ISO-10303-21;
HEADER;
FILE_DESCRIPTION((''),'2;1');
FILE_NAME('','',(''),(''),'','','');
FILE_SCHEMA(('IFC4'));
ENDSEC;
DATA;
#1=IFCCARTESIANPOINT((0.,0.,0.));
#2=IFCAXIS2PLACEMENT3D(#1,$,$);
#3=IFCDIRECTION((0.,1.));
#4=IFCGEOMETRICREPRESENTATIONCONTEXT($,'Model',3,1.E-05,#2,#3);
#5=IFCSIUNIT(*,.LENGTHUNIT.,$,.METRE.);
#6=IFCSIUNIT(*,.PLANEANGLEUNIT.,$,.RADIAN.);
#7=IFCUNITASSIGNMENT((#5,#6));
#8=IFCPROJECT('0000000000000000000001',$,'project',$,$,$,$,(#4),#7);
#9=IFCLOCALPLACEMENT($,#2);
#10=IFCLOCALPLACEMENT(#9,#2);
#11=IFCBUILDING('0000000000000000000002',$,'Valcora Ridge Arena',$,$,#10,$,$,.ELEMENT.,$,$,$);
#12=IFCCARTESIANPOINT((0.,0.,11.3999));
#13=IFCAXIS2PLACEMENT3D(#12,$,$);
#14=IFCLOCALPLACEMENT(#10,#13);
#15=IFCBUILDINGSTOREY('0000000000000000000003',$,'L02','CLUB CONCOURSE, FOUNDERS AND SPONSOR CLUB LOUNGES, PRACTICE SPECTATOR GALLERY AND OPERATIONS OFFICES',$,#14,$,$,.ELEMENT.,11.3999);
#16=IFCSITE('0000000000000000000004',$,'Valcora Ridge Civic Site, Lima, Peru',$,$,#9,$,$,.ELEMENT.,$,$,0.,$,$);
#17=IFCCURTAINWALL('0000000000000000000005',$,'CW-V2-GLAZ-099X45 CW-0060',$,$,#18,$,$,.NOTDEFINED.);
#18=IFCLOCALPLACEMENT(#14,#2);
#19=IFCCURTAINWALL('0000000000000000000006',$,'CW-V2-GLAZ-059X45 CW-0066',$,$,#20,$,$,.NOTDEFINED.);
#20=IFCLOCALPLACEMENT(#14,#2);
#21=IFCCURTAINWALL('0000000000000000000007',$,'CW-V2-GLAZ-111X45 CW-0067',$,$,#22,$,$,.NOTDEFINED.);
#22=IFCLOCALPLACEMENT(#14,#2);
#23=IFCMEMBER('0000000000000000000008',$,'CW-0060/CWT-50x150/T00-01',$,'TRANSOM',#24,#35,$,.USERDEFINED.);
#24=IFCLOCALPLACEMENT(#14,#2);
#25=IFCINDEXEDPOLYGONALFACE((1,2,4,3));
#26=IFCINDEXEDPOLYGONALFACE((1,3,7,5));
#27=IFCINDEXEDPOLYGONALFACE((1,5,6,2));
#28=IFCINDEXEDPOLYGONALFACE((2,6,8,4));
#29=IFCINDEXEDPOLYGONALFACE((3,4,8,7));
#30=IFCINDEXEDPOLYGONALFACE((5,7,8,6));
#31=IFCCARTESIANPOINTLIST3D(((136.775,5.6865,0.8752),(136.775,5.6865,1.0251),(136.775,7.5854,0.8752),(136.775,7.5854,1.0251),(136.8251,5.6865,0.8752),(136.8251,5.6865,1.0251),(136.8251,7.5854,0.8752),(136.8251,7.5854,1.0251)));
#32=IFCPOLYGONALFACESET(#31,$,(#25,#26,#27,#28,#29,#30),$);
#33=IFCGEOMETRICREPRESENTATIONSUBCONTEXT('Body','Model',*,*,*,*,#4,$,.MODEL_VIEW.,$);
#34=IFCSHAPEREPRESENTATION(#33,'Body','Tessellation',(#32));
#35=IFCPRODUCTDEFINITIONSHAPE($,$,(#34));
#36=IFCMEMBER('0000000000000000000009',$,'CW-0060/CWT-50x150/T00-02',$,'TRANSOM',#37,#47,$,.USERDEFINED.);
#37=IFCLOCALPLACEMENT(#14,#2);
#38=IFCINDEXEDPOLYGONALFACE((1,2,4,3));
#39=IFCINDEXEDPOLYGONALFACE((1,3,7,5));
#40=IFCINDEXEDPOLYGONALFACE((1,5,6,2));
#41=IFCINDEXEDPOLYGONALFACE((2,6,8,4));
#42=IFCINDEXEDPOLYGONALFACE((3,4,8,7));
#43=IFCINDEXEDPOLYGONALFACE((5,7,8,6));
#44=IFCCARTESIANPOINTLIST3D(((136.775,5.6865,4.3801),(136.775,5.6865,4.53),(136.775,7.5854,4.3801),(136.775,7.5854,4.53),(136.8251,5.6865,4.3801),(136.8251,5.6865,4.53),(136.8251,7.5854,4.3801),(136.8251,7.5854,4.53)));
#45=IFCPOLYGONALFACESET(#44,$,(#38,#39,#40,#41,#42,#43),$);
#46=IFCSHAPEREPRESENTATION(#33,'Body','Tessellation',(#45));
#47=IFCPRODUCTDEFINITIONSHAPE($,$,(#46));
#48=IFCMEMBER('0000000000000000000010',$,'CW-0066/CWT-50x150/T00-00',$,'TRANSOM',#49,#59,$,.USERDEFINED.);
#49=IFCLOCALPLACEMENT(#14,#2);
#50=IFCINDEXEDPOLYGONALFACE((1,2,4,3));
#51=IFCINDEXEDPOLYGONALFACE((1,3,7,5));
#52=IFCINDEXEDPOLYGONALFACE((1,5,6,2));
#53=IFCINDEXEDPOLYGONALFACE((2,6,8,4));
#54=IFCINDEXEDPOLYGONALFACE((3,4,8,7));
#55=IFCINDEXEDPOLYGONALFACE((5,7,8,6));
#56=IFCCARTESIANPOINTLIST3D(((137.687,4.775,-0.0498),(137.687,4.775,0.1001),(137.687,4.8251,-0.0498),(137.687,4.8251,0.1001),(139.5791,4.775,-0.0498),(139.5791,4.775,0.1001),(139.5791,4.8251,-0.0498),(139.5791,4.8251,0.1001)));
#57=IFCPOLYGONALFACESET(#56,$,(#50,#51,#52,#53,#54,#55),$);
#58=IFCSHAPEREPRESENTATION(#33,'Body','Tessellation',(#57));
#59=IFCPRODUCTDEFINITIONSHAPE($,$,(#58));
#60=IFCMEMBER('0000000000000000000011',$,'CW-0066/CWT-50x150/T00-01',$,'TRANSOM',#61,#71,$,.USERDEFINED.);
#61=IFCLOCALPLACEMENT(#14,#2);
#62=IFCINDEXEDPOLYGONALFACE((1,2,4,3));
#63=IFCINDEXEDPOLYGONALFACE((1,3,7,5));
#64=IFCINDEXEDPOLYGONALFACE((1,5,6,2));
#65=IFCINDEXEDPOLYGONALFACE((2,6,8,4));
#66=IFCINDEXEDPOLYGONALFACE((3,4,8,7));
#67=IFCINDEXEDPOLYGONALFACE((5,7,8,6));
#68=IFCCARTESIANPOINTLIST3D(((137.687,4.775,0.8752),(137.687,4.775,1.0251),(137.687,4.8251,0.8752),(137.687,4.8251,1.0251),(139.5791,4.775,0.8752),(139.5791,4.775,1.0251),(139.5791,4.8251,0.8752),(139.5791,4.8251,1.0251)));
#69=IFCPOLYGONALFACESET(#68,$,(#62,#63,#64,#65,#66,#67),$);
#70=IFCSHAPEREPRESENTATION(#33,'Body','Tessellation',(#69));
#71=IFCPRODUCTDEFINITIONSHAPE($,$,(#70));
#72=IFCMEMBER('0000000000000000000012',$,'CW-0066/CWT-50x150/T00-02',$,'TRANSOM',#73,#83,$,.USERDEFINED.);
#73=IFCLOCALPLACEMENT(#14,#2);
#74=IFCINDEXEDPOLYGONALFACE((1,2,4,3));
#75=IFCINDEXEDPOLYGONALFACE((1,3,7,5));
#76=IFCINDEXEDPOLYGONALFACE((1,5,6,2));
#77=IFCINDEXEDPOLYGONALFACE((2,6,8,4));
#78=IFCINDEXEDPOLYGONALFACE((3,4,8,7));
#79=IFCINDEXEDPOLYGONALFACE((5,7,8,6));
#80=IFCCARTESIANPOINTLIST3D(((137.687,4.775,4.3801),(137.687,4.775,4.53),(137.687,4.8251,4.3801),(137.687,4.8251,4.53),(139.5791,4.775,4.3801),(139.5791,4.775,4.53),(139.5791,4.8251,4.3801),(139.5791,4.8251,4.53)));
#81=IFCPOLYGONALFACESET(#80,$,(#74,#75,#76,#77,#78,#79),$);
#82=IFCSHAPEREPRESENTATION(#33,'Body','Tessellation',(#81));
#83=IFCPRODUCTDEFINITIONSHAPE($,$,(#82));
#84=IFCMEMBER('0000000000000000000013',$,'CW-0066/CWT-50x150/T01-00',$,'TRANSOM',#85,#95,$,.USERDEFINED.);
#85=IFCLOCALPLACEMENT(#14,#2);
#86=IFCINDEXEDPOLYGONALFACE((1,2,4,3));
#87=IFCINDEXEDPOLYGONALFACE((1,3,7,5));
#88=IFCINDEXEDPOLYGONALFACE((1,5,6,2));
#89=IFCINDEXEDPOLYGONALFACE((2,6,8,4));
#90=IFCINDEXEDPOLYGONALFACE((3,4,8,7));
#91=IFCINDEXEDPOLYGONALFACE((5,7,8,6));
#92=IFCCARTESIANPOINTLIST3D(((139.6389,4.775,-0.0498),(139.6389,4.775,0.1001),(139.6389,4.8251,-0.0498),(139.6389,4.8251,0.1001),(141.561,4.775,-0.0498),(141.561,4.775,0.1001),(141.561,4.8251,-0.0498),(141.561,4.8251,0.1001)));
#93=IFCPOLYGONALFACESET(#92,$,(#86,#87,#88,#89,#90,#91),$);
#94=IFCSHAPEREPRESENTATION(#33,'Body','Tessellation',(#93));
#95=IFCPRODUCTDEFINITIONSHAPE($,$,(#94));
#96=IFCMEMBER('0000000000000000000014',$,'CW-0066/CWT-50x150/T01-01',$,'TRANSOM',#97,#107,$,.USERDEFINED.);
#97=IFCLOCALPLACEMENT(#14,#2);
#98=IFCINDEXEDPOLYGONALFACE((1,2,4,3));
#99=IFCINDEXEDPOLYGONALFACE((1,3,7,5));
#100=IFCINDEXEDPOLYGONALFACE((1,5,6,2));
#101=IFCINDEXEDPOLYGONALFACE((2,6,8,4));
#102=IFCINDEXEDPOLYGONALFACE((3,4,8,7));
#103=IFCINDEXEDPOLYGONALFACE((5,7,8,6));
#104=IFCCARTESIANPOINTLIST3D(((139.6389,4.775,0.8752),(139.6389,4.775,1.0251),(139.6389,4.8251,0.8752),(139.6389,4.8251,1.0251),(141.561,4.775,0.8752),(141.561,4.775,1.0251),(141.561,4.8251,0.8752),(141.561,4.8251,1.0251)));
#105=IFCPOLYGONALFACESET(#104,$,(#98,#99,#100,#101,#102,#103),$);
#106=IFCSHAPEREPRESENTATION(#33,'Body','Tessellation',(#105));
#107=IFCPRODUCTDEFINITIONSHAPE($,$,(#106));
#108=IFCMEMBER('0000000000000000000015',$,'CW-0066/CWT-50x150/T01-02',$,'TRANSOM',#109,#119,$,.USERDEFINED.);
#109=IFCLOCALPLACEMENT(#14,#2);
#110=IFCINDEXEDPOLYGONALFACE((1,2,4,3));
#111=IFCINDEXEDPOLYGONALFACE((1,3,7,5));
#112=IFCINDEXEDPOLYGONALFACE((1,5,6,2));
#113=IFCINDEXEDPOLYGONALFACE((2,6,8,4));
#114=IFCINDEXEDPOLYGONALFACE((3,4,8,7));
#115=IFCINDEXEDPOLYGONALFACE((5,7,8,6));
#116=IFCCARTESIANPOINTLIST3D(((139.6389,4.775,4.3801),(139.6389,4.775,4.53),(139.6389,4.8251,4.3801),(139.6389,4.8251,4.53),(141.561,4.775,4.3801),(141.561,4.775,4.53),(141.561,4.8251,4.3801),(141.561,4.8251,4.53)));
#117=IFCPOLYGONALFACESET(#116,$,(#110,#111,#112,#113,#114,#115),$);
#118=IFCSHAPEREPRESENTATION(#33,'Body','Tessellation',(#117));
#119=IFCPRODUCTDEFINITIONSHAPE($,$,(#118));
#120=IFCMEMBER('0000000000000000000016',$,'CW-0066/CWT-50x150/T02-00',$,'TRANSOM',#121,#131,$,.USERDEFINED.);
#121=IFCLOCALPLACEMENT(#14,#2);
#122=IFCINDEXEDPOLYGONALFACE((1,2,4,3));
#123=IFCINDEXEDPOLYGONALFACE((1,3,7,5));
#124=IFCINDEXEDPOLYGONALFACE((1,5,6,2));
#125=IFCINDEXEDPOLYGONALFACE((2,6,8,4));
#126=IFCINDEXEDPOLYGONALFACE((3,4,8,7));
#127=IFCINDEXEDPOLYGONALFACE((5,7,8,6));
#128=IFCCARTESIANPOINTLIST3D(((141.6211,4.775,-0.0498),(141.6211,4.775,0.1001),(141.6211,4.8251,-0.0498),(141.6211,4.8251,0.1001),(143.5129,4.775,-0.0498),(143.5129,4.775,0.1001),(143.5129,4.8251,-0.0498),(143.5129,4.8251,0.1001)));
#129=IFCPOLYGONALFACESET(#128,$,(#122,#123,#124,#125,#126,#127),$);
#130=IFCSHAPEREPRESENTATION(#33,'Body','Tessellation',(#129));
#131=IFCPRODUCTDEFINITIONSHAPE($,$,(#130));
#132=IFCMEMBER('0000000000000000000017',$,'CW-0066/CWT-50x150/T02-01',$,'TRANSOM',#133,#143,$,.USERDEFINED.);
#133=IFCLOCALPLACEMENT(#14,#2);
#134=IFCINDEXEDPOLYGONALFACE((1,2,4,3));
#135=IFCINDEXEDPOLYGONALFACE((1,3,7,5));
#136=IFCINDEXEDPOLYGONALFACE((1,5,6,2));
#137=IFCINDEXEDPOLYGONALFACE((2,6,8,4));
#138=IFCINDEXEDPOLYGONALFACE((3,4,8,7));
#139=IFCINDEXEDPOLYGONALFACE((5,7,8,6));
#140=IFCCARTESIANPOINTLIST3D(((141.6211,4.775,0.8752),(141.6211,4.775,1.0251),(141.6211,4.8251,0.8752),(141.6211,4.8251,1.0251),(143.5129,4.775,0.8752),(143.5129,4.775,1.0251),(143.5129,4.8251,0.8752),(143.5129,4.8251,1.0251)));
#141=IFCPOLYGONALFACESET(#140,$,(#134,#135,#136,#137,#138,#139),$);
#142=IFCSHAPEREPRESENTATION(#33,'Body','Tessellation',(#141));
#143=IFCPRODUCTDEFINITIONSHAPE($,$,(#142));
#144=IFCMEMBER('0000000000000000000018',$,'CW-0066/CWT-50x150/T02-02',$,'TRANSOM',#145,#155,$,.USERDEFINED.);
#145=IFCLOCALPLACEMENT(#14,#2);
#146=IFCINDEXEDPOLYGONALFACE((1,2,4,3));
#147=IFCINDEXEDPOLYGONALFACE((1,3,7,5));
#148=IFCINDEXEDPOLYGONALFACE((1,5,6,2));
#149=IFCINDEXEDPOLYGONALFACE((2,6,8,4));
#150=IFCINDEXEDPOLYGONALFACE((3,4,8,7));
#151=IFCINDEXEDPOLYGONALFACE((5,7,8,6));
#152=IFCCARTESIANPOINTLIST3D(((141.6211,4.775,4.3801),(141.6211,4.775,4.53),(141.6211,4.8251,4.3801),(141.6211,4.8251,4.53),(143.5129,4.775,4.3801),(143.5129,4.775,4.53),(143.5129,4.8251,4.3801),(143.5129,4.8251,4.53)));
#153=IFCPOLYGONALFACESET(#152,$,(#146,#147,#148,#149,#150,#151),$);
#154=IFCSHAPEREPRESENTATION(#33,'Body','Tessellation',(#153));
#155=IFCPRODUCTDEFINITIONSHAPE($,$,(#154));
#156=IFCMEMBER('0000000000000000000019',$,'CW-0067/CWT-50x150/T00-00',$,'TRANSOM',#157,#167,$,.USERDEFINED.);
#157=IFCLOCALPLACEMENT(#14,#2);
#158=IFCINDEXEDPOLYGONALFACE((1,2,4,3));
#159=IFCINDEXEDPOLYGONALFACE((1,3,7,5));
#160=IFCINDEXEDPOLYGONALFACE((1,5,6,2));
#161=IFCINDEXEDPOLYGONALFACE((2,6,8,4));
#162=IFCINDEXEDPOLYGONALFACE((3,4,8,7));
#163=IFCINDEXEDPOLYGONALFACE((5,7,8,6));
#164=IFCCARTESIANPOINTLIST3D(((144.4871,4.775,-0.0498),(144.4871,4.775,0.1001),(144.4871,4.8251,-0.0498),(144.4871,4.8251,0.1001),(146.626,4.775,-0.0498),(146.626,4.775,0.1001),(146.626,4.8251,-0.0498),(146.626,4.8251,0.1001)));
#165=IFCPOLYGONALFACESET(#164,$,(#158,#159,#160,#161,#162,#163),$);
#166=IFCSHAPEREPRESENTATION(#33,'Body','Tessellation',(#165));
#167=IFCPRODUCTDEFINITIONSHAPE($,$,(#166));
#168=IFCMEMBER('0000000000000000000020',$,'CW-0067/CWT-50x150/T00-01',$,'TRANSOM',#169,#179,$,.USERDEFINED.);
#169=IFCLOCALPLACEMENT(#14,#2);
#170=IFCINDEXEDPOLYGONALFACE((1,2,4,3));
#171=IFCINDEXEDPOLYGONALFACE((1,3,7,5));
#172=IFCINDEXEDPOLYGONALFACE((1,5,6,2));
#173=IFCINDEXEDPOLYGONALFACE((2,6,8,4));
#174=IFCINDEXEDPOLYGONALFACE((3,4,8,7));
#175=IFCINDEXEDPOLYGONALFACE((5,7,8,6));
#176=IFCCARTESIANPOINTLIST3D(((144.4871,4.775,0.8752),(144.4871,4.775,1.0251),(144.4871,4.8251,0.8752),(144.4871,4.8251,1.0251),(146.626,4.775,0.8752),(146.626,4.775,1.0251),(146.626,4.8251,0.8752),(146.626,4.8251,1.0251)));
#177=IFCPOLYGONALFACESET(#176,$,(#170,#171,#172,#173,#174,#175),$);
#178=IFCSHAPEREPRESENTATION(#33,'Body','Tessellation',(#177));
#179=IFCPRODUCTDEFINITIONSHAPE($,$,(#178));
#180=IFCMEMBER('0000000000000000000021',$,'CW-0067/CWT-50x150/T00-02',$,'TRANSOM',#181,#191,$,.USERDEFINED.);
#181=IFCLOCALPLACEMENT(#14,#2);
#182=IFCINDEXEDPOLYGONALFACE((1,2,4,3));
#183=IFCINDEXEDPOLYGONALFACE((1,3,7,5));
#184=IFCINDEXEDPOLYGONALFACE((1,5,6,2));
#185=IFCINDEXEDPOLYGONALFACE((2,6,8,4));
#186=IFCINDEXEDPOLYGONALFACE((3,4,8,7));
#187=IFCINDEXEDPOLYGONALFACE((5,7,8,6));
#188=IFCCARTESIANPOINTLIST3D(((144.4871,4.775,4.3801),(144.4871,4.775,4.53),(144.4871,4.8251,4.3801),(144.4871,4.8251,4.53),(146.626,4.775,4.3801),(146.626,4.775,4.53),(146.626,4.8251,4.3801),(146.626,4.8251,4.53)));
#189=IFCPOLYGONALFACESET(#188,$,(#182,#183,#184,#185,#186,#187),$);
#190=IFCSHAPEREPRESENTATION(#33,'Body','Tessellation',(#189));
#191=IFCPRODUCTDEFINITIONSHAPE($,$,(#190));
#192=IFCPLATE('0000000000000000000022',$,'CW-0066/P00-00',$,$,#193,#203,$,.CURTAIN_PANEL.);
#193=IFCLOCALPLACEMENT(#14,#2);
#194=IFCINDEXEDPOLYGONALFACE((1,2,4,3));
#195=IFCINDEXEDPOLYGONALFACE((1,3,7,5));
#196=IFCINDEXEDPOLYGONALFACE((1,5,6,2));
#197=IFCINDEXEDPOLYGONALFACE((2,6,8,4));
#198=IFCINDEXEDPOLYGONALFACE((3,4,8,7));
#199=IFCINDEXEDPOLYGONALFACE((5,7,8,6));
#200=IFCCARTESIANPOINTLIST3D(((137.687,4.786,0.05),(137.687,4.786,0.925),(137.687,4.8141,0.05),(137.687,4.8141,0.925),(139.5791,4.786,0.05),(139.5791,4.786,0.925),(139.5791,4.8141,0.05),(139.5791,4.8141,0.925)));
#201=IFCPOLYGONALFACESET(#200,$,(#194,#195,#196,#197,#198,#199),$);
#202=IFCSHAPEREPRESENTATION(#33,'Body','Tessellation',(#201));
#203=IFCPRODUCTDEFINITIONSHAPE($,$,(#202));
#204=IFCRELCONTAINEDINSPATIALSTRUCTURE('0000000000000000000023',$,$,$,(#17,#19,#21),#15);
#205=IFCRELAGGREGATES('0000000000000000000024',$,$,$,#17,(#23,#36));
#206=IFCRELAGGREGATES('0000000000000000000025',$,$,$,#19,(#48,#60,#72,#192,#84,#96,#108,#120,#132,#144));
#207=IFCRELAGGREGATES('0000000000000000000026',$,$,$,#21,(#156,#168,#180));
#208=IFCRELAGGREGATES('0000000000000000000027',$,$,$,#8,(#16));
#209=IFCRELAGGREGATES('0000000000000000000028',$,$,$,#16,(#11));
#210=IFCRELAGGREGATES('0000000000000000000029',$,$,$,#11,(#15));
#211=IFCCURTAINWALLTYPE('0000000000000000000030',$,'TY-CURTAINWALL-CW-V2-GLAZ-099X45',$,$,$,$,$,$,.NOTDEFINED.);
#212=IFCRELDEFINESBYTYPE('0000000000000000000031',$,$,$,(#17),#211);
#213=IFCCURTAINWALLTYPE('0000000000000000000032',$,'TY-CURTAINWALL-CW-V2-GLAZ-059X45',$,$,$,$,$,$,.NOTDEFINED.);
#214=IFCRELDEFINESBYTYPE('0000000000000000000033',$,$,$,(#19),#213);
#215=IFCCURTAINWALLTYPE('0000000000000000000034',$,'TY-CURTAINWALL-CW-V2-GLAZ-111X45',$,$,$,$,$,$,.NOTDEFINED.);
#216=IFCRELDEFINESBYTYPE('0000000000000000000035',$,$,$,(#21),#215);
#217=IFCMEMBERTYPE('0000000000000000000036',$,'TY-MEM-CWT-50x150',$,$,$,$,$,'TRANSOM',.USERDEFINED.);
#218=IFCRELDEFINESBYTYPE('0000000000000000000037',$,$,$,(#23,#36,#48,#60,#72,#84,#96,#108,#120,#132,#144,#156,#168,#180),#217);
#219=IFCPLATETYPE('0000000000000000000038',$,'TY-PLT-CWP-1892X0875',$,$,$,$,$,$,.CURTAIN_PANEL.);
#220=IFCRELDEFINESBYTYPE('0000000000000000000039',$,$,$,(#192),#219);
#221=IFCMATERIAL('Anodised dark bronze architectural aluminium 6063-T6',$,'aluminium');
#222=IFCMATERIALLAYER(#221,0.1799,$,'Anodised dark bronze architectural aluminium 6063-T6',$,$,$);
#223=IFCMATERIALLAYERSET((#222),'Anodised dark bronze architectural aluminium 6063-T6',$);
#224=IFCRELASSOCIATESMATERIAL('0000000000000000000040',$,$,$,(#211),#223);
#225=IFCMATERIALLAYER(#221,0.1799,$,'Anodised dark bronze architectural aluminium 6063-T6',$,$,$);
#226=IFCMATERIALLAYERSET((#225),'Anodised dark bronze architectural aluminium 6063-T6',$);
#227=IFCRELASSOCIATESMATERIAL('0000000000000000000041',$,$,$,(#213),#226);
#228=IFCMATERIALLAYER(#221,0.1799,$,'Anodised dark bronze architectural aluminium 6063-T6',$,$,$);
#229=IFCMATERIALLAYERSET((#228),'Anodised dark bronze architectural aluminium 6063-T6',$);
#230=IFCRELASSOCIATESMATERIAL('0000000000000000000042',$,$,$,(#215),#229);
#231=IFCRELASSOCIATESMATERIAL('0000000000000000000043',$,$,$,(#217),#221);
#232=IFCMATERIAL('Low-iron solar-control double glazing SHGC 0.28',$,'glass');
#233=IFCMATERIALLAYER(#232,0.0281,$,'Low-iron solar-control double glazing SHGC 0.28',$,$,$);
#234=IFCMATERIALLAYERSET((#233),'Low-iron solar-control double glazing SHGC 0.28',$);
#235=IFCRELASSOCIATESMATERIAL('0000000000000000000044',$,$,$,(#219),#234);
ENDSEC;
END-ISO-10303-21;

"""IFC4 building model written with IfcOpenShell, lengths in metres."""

from ifc_helpers import new_model, si_unit, direction, frame, origin, origin_2d, place, context, subcontext, project, spatial, rectangle, extrude, material, layer, layer_set, material_profile, profile_set, type_object, element, aggregate, save


model = new_model("IFC4")

# Units and contexts
model_context = context("Model", 3, precision=1e-05, world=origin(), true_north=direction((0.0, 1.0)))
body_context = subcontext(model_context, "Body", "Model", "MODEL_VIEW")
ifc_project = project(units=[si_unit("LENGTHUNIT", "METRE"), si_unit("PLANEANGLEUNIT", "RADIAN")], contexts=[model_context])

# Site, building, storey
site_placement = place(None, origin())
site = spatial("IfcSite", under=ifc_project, at=site_placement, Name="Valcora Ridge Civic Site, Lima, Peru", CompositionType="ELEMENT", RefElevation=0.0)
building_placement = place(site_placement, origin())
building = spatial("IfcBuilding", under=site, at=building_placement, Name="Valcora Ridge Arena", CompositionType="ELEMENT")
storey_placement = place(building_placement, frame((0.0, 0.0, 11.3999)))
storey = spatial("IfcBuildingStorey", under=building, at=storey_placement, Name="L02", Description="CLUB CONCOURSE, FOUNDERS AND SPONSOR CLUB LOUNGES, PRACTICE SPECTATOR GALLERY AND OPERATIONS OFFICES", CompositionType="ELEMENT", Elevation=11.3999)

# Curtain wall
ifc_material_1 = material(Name="Anodised dark bronze architectural aluminium 6063-T6", Category="aluminium")
ifc_layer_1 = layer(ifc_material_1, 0.1799, Name="Anodised dark bronze architectural aluminium 6063-T6")
ifc_layer_set_1 = layer_set([ifc_layer_1], Name="Anodised dark bronze architectural aluminium 6063-T6")
curtain_wall_type_1 = type_object("IfcCurtainWallType", Name="TY-CURTAINWALL-CW-V2-GLAZ-099X45", PredefinedType="NOTDEFINED", material=ifc_layer_set_1)
curtain_wall_1_placement = place(storey_placement, origin())
curtain_wall_1 = element("IfcCurtainWall", 1, at=curtain_wall_1_placement, inside=storey, type_object=curtain_wall_type_1, Name="CW-V2-GLAZ-099X45 CW-0060", PredefinedType="NOTDEFINED")

# Curtain wall
ifc_layer_2 = layer(ifc_material_1, 0.1799, Name="Anodised dark bronze architectural aluminium 6063-T6")
ifc_layer_set_2 = layer_set([ifc_layer_2], Name="Anodised dark bronze architectural aluminium 6063-T6")
curtain_wall_type_2 = type_object("IfcCurtainWallType", Name="TY-CURTAINWALL-CW-V2-GLAZ-059X45", PredefinedType="NOTDEFINED", material=ifc_layer_set_2)
curtain_wall_2_placement = place(storey_placement, origin())
curtain_wall_2 = element("IfcCurtainWall", 2, at=curtain_wall_2_placement, inside=storey, type_object=curtain_wall_type_2, Name="CW-V2-GLAZ-059X45 CW-0066", PredefinedType="NOTDEFINED")

# Curtain wall
ifc_layer_3 = layer(ifc_material_1, 0.1799, Name="Anodised dark bronze architectural aluminium 6063-T6")
ifc_layer_set_3 = layer_set([ifc_layer_3], Name="Anodised dark bronze architectural aluminium 6063-T6")
curtain_wall_type_3 = type_object("IfcCurtainWallType", Name="TY-CURTAINWALL-CW-V2-GLAZ-111X45", PredefinedType="NOTDEFINED", material=ifc_layer_set_3)
curtain_wall_3_placement = place(storey_placement, origin())
curtain_wall_3 = element("IfcCurtainWall", 3, at=curtain_wall_3_placement, inside=storey, type_object=curtain_wall_type_3, Name="CW-V2-GLAZ-111X45 CW-0067", PredefinedType="NOTDEFINED")

# Members
ifc_material_profile_1 = material_profile(ifc_material_1, rectangle(XDim=0.05, YDim=0.1499, at=origin_2d()), Name="ALU TRANSOM 50x150")
ifc_profile_set_1 = profile_set([ifc_material_profile_1], Name="Anodised dark bronze architectural aluminium 6063-T6")
member_type_1 = type_object("IfcMemberType", Name="TY-MEM-CWT-50x150", ElementType="TRANSOM", PredefinedType="USERDEFINED", material=ifc_profile_set_1)
member_1_placement = place(storey_placement, frame((136.8, 5.6865, 0.9502), z_axis=(0.0, 1.0, 0.0), x_axis=(-1.0, 0.0, 0.0)))
member_1 = element("IfcMember", 4, at=member_1_placement, type_object=member_type_1, Name="CW-0060/CWT-50x150/T00-01", ObjectType="TRANSOM", PredefinedType="USERDEFINED", context=body_context, shape_type="SweptSolid", body=[
    extrude(rectangle(XDim=0.05, YDim=0.1499, at=origin_2d()), origin(), (0.0, 0.0, 1.0), 1.8989),
])
member_2_placement = place(storey_placement, frame((136.8, 5.6865, 4.4551), z_axis=(0.0, 1.0, 0.0), x_axis=(-1.0, 0.0, 0.0)))
member_2 = element("IfcMember", 5, at=member_2_placement, type_object=member_type_1, Name="CW-0060/CWT-50x150/T00-02", ObjectType="TRANSOM", PredefinedType="USERDEFINED", context=body_context, shape_type="SweptSolid", body=[
    extrude(rectangle(XDim=0.05, YDim=0.1499, at=origin_2d()), origin(), (0.0, 0.0, 1.0), 1.8989),
])
member_3_placement = place(storey_placement, frame((137.687, 4.8, 0.0251), z_axis=(1.0, 0.0, 0.0), x_axis=(0.0, 1.0, 0.0)))
member_3 = element("IfcMember", 6, at=member_3_placement, type_object=member_type_1, Name="CW-0066/CWT-50x150/T00-00", ObjectType="TRANSOM", PredefinedType="USERDEFINED", context=body_context, shape_type="SweptSolid", body=[
    extrude(rectangle(XDim=0.05, YDim=0.1499, at=origin_2d()), origin(), (0.0, 0.0, 1.0), 1.8921),
])
member_4_placement = place(storey_placement, frame((137.687, 4.8, 0.9502), z_axis=(1.0, 0.0, 0.0), x_axis=(0.0, 1.0, 0.0)))
member_4 = element("IfcMember", 7, at=member_4_placement, type_object=member_type_1, Name="CW-0066/CWT-50x150/T00-01", ObjectType="TRANSOM", PredefinedType="USERDEFINED", context=body_context, shape_type="SweptSolid", body=[
    extrude(rectangle(XDim=0.05, YDim=0.1499, at=origin_2d()), origin(), (0.0, 0.0, 1.0), 1.8921),
])
member_5_placement = place(storey_placement, frame((137.687, 4.8, 4.4551), z_axis=(1.0, 0.0, 0.0), x_axis=(0.0, 1.0, 0.0)))
member_5 = element("IfcMember", 8, at=member_5_placement, type_object=member_type_1, Name="CW-0066/CWT-50x150/T00-02", ObjectType="TRANSOM", PredefinedType="USERDEFINED", context=body_context, shape_type="SweptSolid", body=[
    extrude(rectangle(XDim=0.05, YDim=0.1499, at=origin_2d()), origin(), (0.0, 0.0, 1.0), 1.8921),
])
member_6_placement = place(storey_placement, frame((139.6389, 4.8, 0.0251), z_axis=(1.0, 0.0, 0.0), x_axis=(0.0, 1.0, 0.0)))
member_6 = element("IfcMember", 9, at=member_6_placement, type_object=member_type_1, Name="CW-0066/CWT-50x150/T01-00", ObjectType="TRANSOM", PredefinedType="USERDEFINED", context=body_context, shape_type="SweptSolid", body=[
    extrude(rectangle(XDim=0.05, YDim=0.1499, at=origin_2d()), origin(), (0.0, 0.0, 1.0), 1.9221),
])
member_7_placement = place(storey_placement, frame((139.6389, 4.8, 0.9502), z_axis=(1.0, 0.0, 0.0), x_axis=(0.0, 1.0, 0.0)))
member_7 = element("IfcMember", 10, at=member_7_placement, type_object=member_type_1, Name="CW-0066/CWT-50x150/T01-01", ObjectType="TRANSOM", PredefinedType="USERDEFINED", context=body_context, shape_type="SweptSolid", body=[
    extrude(rectangle(XDim=0.05, YDim=0.1499, at=origin_2d()), origin(), (0.0, 0.0, 1.0), 1.9221),
])
member_8_placement = place(storey_placement, frame((139.6389, 4.8, 4.4551), z_axis=(1.0, 0.0, 0.0), x_axis=(0.0, 1.0, 0.0)))
member_8 = element("IfcMember", 11, at=member_8_placement, type_object=member_type_1, Name="CW-0066/CWT-50x150/T01-02", ObjectType="TRANSOM", PredefinedType="USERDEFINED", context=body_context, shape_type="SweptSolid", body=[
    extrude(rectangle(XDim=0.05, YDim=0.1499, at=origin_2d()), origin(), (0.0, 0.0, 1.0), 1.9221),
])
member_9_placement = place(storey_placement, frame((141.6211, 4.8, 0.0251), z_axis=(1.0, 0.0, 0.0), x_axis=(0.0, 1.0, 0.0)))
member_9 = element("IfcMember", 12, at=member_9_placement, type_object=member_type_1, Name="CW-0066/CWT-50x150/T02-00", ObjectType="TRANSOM", PredefinedType="USERDEFINED", context=body_context, shape_type="SweptSolid", body=[
    extrude(rectangle(XDim=0.05, YDim=0.1499, at=origin_2d()), origin(), (0.0, 0.0, 1.0), 1.8918),
])
member_10_placement = place(storey_placement, frame((141.6211, 4.8, 0.9502), z_axis=(1.0, 0.0, 0.0), x_axis=(0.0, 1.0, 0.0)))
member_10 = element("IfcMember", 13, at=member_10_placement, type_object=member_type_1, Name="CW-0066/CWT-50x150/T02-01", ObjectType="TRANSOM", PredefinedType="USERDEFINED", context=body_context, shape_type="SweptSolid", body=[
    extrude(rectangle(XDim=0.05, YDim=0.1499, at=origin_2d()), origin(), (0.0, 0.0, 1.0), 1.8918),
])
member_11_placement = place(storey_placement, frame((141.6211, 4.8, 4.4551), z_axis=(1.0, 0.0, 0.0), x_axis=(0.0, 1.0, 0.0)))
member_11 = element("IfcMember", 14, at=member_11_placement, type_object=member_type_1, Name="CW-0066/CWT-50x150/T02-02", ObjectType="TRANSOM", PredefinedType="USERDEFINED", context=body_context, shape_type="SweptSolid", body=[
    extrude(rectangle(XDim=0.05, YDim=0.1499, at=origin_2d()), origin(), (0.0, 0.0, 1.0), 1.8918),
])
member_12_placement = place(storey_placement, frame((144.4871, 4.8, 0.0251), z_axis=(1.0, 0.0, 0.0), x_axis=(0.0, 1.0, 0.0)))
member_12 = element("IfcMember", 15, at=member_12_placement, type_object=member_type_1, Name="CW-0067/CWT-50x150/T00-00", ObjectType="TRANSOM", PredefinedType="USERDEFINED", context=body_context, shape_type="SweptSolid", body=[
    extrude(rectangle(XDim=0.05, YDim=0.1499, at=origin_2d()), origin(), (0.0, 0.0, 1.0), 2.1389),
])
member_13_placement = place(storey_placement, frame((144.4871, 4.8, 0.9502), z_axis=(1.0, 0.0, 0.0), x_axis=(0.0, 1.0, 0.0)))
member_13 = element("IfcMember", 16, at=member_13_placement, type_object=member_type_1, Name="CW-0067/CWT-50x150/T00-01", ObjectType="TRANSOM", PredefinedType="USERDEFINED", context=body_context, shape_type="SweptSolid", body=[
    extrude(rectangle(XDim=0.05, YDim=0.1499, at=origin_2d()), origin(), (0.0, 0.0, 1.0), 2.1389),
])
member_14_placement = place(storey_placement, frame((144.4871, 4.8, 4.4551), z_axis=(1.0, 0.0, 0.0), x_axis=(0.0, 1.0, 0.0)))
member_14 = element("IfcMember", 17, at=member_14_placement, type_object=member_type_1, Name="CW-0067/CWT-50x150/T00-02", ObjectType="TRANSOM", PredefinedType="USERDEFINED", context=body_context, shape_type="SweptSolid", body=[
    extrude(rectangle(XDim=0.05, YDim=0.1499, at=origin_2d()), origin(), (0.0, 0.0, 1.0), 2.1389),
])

# Plate
ifc_material_2 = material(Name="Low-iron solar-control double glazing SHGC 0.28", Category="glass")
ifc_layer_4 = layer(ifc_material_2, 0.0281, Name="Low-iron solar-control double glazing SHGC 0.28")
ifc_layer_set_4 = layer_set([ifc_layer_4], Name="Low-iron solar-control double glazing SHGC 0.28")
plate_type_1 = type_object("IfcPlateType", Name="TY-PLT-CWP-1892X0875", PredefinedType="CURTAIN_PANEL", material=ifc_layer_set_4)
plate_1_placement = place(storey_placement, frame((138.6331, 4.8, 0.05), z_axis=(0.0, 0.0, 1.0), x_axis=(1.0, 0.0, 0.0)))
plate_1 = element("IfcPlate", 18, at=plate_1_placement, type_object=plate_type_1, Name="CW-0066/P00-00", PredefinedType="CURTAIN_PANEL", context=body_context, shape_type="SweptSolid", body=[
    extrude(rectangle(XDim=1.8921, YDim=0.0281, at=origin_2d()), origin(), (0.0, 0.0, 1.0), 0.875),
])
aggregate(curtain_wall_1, [member_1, member_2])
aggregate(curtain_wall_2, [member_3, member_4, member_5, plate_1, member_6, member_7, member_8, member_9, member_10, member_11])
aggregate(curtain_wall_3, [member_12, member_13, member_14])

save(model, "model.ifc")
